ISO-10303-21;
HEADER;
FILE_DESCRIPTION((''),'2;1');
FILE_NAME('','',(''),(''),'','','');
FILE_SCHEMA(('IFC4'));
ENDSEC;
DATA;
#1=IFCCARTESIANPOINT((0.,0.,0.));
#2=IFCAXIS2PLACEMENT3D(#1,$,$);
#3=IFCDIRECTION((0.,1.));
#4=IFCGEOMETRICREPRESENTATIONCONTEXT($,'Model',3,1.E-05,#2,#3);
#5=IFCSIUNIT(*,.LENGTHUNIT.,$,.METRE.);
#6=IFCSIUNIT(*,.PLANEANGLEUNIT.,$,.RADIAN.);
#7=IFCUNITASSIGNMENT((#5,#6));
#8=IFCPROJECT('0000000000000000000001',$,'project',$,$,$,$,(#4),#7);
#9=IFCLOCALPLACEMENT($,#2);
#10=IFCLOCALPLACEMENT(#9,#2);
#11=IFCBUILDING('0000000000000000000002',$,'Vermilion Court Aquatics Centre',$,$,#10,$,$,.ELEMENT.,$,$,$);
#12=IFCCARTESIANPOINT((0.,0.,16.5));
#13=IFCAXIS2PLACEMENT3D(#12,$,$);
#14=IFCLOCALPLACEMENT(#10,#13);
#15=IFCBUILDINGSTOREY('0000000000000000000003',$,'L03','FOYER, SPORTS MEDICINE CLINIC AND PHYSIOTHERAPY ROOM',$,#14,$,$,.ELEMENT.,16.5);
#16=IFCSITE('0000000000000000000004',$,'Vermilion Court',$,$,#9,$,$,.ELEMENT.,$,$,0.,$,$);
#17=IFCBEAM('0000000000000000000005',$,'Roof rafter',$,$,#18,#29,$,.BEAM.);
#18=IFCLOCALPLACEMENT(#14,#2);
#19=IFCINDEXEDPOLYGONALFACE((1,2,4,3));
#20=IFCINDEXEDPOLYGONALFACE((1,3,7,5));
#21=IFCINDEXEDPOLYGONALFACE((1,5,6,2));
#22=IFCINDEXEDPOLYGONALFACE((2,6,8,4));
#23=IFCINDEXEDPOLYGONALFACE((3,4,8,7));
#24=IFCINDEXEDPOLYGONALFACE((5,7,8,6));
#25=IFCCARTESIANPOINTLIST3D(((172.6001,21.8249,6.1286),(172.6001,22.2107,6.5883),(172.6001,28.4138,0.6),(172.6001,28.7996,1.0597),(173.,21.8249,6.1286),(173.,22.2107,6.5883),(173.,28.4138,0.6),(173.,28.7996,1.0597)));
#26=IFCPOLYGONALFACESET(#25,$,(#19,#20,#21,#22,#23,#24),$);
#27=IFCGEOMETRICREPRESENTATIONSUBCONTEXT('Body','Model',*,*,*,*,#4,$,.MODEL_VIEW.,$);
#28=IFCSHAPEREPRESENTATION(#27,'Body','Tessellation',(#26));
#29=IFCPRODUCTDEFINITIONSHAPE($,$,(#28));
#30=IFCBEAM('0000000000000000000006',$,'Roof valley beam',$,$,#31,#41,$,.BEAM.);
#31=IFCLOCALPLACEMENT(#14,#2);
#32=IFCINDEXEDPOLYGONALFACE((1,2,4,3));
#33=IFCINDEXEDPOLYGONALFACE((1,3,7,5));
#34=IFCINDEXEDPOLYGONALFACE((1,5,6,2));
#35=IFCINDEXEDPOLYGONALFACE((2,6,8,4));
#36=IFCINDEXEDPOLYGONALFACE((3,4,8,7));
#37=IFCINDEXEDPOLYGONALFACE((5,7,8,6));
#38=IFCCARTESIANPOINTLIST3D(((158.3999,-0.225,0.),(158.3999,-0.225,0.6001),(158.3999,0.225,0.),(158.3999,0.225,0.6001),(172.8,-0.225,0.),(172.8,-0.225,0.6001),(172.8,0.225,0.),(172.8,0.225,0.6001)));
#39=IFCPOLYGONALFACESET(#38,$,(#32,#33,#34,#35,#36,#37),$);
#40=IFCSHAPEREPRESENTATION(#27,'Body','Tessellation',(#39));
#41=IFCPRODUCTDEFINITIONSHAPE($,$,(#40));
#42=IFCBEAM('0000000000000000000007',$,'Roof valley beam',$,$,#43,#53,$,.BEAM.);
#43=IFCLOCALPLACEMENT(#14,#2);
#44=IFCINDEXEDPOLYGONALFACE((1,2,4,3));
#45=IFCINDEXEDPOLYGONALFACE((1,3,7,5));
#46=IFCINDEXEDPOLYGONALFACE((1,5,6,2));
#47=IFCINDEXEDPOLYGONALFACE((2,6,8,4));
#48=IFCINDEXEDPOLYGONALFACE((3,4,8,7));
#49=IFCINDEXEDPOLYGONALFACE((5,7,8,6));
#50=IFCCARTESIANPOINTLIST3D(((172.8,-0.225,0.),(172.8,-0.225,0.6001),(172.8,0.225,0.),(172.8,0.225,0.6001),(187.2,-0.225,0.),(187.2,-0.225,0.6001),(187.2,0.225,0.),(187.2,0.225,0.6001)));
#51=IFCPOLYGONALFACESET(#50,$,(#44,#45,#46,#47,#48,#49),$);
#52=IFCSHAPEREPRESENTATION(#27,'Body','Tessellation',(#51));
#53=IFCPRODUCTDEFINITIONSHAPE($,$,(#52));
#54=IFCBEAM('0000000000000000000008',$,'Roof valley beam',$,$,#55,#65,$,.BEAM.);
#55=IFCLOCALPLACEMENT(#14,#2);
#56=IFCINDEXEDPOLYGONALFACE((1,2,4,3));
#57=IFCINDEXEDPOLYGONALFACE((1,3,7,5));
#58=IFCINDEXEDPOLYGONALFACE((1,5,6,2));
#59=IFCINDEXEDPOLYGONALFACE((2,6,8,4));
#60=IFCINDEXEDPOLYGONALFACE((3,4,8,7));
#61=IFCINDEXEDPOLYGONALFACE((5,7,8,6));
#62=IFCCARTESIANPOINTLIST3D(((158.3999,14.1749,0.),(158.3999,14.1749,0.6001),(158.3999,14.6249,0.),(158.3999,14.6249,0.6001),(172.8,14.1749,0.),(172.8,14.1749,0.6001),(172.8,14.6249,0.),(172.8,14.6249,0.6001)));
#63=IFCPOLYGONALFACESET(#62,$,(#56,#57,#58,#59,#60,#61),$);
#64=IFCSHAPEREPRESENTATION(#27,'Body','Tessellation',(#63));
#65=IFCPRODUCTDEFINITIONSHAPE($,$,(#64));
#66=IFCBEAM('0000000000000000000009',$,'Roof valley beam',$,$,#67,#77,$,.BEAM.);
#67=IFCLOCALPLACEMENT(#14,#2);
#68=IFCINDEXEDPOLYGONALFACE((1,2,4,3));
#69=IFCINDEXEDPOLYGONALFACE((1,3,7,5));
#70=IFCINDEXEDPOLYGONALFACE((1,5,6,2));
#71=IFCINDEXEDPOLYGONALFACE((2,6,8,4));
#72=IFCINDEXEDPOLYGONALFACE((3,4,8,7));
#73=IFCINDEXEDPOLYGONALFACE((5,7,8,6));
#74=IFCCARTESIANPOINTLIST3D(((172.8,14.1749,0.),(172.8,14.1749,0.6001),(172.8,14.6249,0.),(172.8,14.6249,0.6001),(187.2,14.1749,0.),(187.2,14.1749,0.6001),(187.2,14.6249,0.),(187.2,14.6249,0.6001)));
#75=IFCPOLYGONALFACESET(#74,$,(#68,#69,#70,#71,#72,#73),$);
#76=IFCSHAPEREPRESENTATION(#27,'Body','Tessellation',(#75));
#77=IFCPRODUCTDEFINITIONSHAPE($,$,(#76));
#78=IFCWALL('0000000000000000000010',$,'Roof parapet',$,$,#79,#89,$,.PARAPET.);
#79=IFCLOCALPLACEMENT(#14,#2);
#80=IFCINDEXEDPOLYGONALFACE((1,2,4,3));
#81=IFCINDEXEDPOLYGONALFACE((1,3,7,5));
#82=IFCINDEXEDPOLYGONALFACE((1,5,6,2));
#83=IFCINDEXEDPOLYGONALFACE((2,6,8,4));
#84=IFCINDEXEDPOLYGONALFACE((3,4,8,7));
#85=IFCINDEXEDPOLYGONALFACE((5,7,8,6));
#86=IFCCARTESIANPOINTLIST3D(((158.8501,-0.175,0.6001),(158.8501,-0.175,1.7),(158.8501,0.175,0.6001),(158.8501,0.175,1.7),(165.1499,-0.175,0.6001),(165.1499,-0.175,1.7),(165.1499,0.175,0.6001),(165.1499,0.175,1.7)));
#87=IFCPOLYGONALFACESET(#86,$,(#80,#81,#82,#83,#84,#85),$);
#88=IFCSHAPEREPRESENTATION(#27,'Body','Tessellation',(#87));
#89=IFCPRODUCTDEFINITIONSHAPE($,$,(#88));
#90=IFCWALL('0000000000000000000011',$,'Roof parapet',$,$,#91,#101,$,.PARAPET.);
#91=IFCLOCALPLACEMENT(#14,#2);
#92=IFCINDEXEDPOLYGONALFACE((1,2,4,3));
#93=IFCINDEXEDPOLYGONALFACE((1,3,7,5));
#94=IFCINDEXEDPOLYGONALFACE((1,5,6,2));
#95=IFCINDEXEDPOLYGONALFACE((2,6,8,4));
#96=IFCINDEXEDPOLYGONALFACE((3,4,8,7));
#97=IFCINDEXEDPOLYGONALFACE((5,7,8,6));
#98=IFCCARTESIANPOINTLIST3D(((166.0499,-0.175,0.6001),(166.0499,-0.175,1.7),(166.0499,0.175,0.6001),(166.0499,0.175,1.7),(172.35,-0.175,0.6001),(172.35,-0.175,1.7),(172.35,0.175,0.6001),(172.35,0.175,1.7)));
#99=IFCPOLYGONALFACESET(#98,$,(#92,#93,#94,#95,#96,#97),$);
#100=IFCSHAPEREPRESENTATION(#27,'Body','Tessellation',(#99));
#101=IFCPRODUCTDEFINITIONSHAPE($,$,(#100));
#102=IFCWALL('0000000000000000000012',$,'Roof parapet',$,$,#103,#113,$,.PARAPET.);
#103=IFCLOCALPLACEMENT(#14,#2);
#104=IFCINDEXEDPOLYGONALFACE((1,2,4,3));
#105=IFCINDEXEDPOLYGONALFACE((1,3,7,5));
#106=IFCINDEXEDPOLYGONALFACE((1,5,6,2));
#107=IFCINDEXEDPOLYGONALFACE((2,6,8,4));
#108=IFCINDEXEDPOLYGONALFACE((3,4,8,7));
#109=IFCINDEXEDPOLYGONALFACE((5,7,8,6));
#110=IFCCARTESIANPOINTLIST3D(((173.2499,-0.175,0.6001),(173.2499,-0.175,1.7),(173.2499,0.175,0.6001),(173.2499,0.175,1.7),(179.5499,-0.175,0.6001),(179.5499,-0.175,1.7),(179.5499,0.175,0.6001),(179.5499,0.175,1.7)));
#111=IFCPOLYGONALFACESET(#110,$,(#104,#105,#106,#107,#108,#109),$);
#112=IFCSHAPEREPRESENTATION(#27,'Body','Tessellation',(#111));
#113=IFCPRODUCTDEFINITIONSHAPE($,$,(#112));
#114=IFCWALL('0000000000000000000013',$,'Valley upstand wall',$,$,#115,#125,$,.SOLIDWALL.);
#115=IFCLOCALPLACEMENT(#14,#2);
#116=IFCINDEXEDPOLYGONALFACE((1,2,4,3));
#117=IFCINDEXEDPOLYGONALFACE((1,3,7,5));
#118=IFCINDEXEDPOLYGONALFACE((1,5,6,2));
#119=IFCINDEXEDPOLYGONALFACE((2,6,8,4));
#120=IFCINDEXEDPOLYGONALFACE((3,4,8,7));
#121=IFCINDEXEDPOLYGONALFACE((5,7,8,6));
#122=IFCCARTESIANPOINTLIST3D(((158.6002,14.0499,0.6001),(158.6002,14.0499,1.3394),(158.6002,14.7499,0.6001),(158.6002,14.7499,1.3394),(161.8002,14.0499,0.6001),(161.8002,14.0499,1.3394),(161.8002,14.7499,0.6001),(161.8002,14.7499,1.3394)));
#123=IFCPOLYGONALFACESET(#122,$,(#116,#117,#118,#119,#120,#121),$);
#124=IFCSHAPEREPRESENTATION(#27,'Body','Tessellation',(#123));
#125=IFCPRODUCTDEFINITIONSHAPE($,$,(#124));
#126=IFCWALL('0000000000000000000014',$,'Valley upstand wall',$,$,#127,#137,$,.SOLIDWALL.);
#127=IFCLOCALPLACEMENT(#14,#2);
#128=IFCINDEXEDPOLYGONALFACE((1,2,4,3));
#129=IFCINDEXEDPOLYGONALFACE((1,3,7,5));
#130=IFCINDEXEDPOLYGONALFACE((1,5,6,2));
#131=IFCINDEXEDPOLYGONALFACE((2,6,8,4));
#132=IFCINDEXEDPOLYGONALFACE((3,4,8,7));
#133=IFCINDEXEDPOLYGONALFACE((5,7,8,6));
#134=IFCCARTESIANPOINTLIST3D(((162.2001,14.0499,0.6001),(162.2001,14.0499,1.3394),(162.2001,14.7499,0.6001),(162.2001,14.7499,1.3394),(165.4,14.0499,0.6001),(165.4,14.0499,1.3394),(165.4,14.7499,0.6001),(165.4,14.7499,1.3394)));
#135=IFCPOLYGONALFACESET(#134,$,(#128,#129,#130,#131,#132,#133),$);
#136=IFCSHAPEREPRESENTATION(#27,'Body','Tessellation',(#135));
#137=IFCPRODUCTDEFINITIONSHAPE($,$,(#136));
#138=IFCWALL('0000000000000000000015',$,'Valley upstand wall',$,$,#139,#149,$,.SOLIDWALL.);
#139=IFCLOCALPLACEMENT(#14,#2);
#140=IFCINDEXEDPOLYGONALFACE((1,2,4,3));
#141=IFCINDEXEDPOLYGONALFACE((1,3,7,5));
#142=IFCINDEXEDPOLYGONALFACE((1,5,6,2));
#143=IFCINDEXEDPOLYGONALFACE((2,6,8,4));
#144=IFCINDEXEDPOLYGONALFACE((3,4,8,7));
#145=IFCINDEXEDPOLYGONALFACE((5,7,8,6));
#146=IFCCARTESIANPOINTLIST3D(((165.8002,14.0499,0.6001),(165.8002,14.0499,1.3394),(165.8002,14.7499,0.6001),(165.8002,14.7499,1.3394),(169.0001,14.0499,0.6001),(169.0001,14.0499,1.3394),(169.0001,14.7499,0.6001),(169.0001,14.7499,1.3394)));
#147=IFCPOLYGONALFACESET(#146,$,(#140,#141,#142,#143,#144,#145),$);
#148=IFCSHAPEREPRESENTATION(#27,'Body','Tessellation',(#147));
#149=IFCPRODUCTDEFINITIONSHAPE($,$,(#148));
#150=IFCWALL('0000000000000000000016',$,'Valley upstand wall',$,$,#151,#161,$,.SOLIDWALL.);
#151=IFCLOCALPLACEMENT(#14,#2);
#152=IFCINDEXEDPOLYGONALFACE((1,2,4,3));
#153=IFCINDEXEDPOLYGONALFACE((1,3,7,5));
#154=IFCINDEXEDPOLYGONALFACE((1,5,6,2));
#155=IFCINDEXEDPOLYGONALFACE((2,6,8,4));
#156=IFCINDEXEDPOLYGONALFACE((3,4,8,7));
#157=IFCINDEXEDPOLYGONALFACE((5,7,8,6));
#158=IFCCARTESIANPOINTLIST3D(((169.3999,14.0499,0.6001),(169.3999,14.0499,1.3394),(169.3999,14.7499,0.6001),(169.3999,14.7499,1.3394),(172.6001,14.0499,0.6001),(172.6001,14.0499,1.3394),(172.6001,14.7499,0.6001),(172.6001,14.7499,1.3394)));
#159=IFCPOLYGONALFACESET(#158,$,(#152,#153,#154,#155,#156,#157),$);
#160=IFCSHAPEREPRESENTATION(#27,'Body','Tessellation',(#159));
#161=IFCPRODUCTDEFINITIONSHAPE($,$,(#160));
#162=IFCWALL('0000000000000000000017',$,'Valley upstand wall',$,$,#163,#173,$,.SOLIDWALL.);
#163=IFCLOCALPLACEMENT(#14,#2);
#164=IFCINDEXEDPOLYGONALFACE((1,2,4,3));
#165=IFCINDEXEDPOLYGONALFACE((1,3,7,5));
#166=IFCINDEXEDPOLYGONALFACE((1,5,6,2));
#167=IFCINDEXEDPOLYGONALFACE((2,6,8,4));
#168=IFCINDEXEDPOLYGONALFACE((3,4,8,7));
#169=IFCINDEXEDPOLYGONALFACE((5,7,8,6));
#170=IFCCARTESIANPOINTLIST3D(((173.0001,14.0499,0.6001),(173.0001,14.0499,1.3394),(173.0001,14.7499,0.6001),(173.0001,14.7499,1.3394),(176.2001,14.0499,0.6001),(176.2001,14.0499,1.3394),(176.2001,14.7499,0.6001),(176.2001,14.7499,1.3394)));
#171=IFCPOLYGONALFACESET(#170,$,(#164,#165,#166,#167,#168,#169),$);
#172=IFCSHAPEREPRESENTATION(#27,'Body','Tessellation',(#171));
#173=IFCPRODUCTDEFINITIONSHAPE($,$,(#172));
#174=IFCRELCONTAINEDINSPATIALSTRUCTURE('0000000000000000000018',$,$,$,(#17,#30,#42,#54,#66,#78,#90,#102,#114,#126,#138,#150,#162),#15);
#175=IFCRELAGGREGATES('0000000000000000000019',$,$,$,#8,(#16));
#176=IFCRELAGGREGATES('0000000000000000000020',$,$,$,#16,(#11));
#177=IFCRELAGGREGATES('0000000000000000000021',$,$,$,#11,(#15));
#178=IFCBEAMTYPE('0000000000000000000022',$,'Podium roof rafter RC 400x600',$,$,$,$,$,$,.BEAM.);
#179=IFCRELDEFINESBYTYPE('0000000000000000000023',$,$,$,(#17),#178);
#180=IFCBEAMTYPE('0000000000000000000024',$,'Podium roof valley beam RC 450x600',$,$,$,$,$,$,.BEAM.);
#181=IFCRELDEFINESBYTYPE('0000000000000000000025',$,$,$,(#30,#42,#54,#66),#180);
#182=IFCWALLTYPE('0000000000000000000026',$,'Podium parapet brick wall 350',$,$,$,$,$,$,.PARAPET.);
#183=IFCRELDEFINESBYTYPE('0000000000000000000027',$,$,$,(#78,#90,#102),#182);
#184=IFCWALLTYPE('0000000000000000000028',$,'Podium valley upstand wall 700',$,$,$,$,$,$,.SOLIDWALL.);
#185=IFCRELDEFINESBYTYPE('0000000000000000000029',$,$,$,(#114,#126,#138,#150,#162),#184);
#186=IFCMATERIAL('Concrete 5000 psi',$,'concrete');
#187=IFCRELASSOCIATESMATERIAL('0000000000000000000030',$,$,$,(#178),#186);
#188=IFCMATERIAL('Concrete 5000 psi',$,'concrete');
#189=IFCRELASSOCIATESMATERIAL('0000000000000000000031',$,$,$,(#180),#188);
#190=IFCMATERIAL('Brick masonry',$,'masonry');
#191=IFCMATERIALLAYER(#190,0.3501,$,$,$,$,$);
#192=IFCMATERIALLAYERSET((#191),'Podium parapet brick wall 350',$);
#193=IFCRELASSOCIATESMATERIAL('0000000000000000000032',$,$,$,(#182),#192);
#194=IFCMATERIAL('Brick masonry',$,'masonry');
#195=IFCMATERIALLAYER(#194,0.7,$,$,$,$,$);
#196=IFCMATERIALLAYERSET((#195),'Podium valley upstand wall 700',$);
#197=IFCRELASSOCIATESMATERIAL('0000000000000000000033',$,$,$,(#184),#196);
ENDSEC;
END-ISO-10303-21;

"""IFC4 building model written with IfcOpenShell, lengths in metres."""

from ifc_helpers import new_model, si_unit, direction, frame, frame_2d, origin, origin_2d, place, context, subcontext, project, spatial, rectangle, extrude, material, layer, layer_set, material_profile, profile_set, type_object, element, save


model = new_model("IFC4")

# Units and contexts
model_context = context("Model", 3, precision=1e-05, world=origin(), true_north=direction((0.0, 1.0)))
body_context = subcontext(model_context, "Body", "Model", "MODEL_VIEW")
ifc_project = project(units=[si_unit("LENGTHUNIT", "METRE"), si_unit("PLANEANGLEUNIT", "RADIAN")], contexts=[model_context])

# Site, building, storey
site_placement = place(None, origin())
site = spatial("IfcSite", under=ifc_project, at=site_placement, Name="Vermilion Court", CompositionType="ELEMENT", RefElevation=0.0)
building_placement = place(site_placement, origin())
building = spatial("IfcBuilding", under=site, at=building_placement, Name="Vermilion Court Aquatics Centre", CompositionType="ELEMENT")
storey_placement = place(building_placement, frame((0.0, 0.0, 16.5)))
storey = spatial("IfcBuildingStorey", under=building, at=storey_placement, Name="L03", Description="FOYER, SPORTS MEDICINE CLINIC AND PHYSIOTHERAPY ROOM", CompositionType="ELEMENT", Elevation=16.5)

# Beams
ifc_material_1 = material(Name="Concrete 5000 psi", Category="concrete")
ifc_material_profile_1 = material_profile(ifc_material_1, rectangle(XDim=0.3999, YDim=0.6001, at=origin_2d()), Name="RC 400x600")
ifc_profile_set_1 = profile_set([ifc_material_profile_1], Name="Concrete 5000 psi")
beam_type_1 = type_object("IfcBeamType", Name="Podium roof rafter RC 400x600", PredefinedType="BEAM", material=ifc_profile_set_1)
for number, where, z_axis, x_axis, name in (
    (1, (172.8, 28.6067, 0.8298), (0.0, -0.766053, 0.642777), (1.0, 0.0, 0.0), "Roof rafter"),
):
    element("IfcBeam", number, at=place(storey_placement, frame(where, z_axis=z_axis, x_axis=x_axis)), inside=storey, type_object=beam_type_1, Name=name, PredefinedType="BEAM", context=body_context, shape_type="SweptSolid", body=[
        extrude(rectangle(XDim=0.3999, YDim=0.6001, at=origin_2d()), origin(), (0.0, 0.0, 1.0), 8.6011),
    ])
ifc_material_2 = material(Name="Concrete 5000 psi", Category="concrete")
ifc_material_profile_2 = material_profile(ifc_material_2, rectangle(XDim=0.45, YDim=0.6001, at=origin_2d()), Name="RC 450x600")
ifc_profile_set_2 = profile_set([ifc_material_profile_2], Name="Concrete 5000 psi")
beam_type_2 = type_object("IfcBeamType", Name="Podium roof valley beam RC 450x600", PredefinedType="BEAM", material=ifc_profile_set_2)
beam_1_placement = place(storey_placement, frame((158.3999, 0.0, 0.3), z_axis=(1.0, 0.0, 0.0), x_axis=(0.0, 1.0, 0.0)))
element("IfcBeam", 2, at=beam_1_placement, inside=storey, type_object=beam_type_2, Name="Roof valley beam", PredefinedType="BEAM", context=body_context, shape_type="SweptSolid", body=[
    extrude(rectangle(XDim=0.45, YDim=0.6001, at=origin_2d()), origin(), (0.0, 0.0, 1.0), 14.4001),
])
beam_2_placement = place(storey_placement, frame((172.8, 0.0, 0.3), z_axis=(1.0, 0.0, 0.0), x_axis=(0.0, 1.0, 0.0)))
element("IfcBeam", 3, at=beam_2_placement, inside=storey, type_object=beam_type_2, Name="Roof valley beam", PredefinedType="BEAM", context=body_context, shape_type="SweptSolid", body=[
    extrude(rectangle(XDim=0.45, YDim=0.6001, at=origin_2d()), origin(), (0.0, 0.0, 1.0), 14.3999),
])
beam_3_placement = place(storey_placement, frame((158.3999, 14.3999, 0.3), z_axis=(1.0, 0.0, 0.0), x_axis=(0.0, 1.0, 0.0)))
element("IfcBeam", 4, at=beam_3_placement, inside=storey, type_object=beam_type_2, Name="Roof valley beam", PredefinedType="BEAM", context=body_context, shape_type="SweptSolid", body=[
    extrude(rectangle(XDim=0.45, YDim=0.6001, at=origin_2d()), origin(), (0.0, 0.0, 1.0), 14.4001),
])
beam_4_placement = place(storey_placement, frame((172.8, 14.3999, 0.3), z_axis=(1.0, 0.0, 0.0), x_axis=(0.0, 1.0, 0.0)))
element("IfcBeam", 5, at=beam_4_placement, inside=storey, type_object=beam_type_2, Name="Roof valley beam", PredefinedType="BEAM", context=body_context, shape_type="SweptSolid", body=[
    extrude(rectangle(XDim=0.45, YDim=0.6001, at=origin_2d()), origin(), (0.0, 0.0, 1.0), 14.3999),
])

# Walls
ifc_material_3 = material(Name="Brick masonry", Category="masonry")
ifc_layer_1 = layer(ifc_material_3, 0.3501)
ifc_layer_set_1 = layer_set([ifc_layer_1], Name="Podium parapet brick wall 350")
wall_type_1 = type_object("IfcWallType", Name="Podium parapet brick wall 350", PredefinedType="PARAPET", material=ifc_layer_set_1)
wall_1_placement = place(storey_placement, frame((158.8501, 0.0, 0.6001), z_axis=(0.0, 0.0, 1.0), x_axis=(1.0, 0.0, 0.0)))
element("IfcWall", 6, at=wall_1_placement, inside=storey, type_object=wall_type_1, Name="Roof parapet", PredefinedType="PARAPET", context=body_context, shape_type="SweptSolid", body=[
    extrude(rectangle(XDim=6.2998, YDim=0.3501, at=frame_2d((3.1499, 0.0))), origin(), (0.0, 0.0, 1.0), 1.0999),
])
for number, where, z_axis, x_axis, name in (
    (7, (166.05, 0.0, 0.6001), (0.0, 0.0, 1.0), (1.0, 0.0, 0.0), "Roof parapet"),
    (8, (173.25, 0.0, 0.6001), (0.0, 0.0, 1.0), (1.0, 0.0, 0.0), "Roof parapet"),
):
    element("IfcWall", number, at=place(storey_placement, frame(where, z_axis=z_axis, x_axis=x_axis)), inside=storey, type_object=wall_type_1, Name=name, PredefinedType="PARAPET", context=body_context, shape_type="SweptSolid", body=[
        extrude(rectangle(XDim=6.3, YDim=0.3501, at=frame_2d((3.1499, 0.0))), origin(), (0.0, 0.0, 1.0), 1.0999),
    ])
ifc_material_4 = material(Name="Brick masonry", Category="masonry")
ifc_layer_2 = layer(ifc_material_4, 0.7)
ifc_layer_set_2 = layer_set([ifc_layer_2], Name="Podium valley upstand wall 700")
wall_type_2 = type_object("IfcWallType", Name="Podium valley upstand wall 700", PredefinedType="SOLIDWALL", material=ifc_layer_set_2)
for number, where, z_axis, x_axis, name in (
    (9, (158.6001, 14.3999, 0.6001), (0.0, 0.0, 1.0), (1.0, 0.0, 0.0), "Valley upstand wall"),
    (10, (162.2, 14.3999, 0.6001), (0.0, 0.0, 1.0), (1.0, 0.0, 0.0), "Valley upstand wall"),
    (11, (165.8, 14.3999, 0.6001), (0.0, 0.0, 1.0), (1.0, 0.0, 0.0), "Valley upstand wall"),
):
    element("IfcWall", number, at=place(storey_placement, frame(where, z_axis=z_axis, x_axis=x_axis)), inside=storey, type_object=wall_type_2, Name=name, PredefinedType="SOLIDWALL", context=body_context, shape_type="SweptSolid", body=[
        extrude(rectangle(XDim=3.2, YDim=0.7, at=frame_2d((1.6001, 0.0))), origin(), (0.0, 0.0, 1.0), 0.7393),
    ])
wall_2_placement = place(storey_placement, frame((169.3999, 14.3999, 0.6001), z_axis=(0.0, 0.0, 1.0), x_axis=(1.0, 0.0, 0.0)))
element("IfcWall", 12, at=wall_2_placement, inside=storey, type_object=wall_type_2, Name="Valley upstand wall", PredefinedType="SOLIDWALL", context=body_context, shape_type="SweptSolid", body=[
    extrude(rectangle(XDim=3.2002, YDim=0.7, at=frame_2d((1.6001, 0.0))), origin(), (0.0, 0.0, 1.0), 0.7393),
])
wall_3_placement = place(storey_placement, frame((173.0, 14.3999, 0.6001), z_axis=(0.0, 0.0, 1.0), x_axis=(1.0, 0.0, 0.0)))
element("IfcWall", 13, at=wall_3_placement, inside=storey, type_object=wall_type_2, Name="Valley upstand wall", PredefinedType="SOLIDWALL", context=body_context, shape_type="SweptSolid", body=[
    extrude(rectangle(XDim=3.2, YDim=0.7, at=frame_2d((1.6001, 0.0))), origin(), (0.0, 0.0, 1.0), 0.7393),
])

save(model, "model.ifc")
